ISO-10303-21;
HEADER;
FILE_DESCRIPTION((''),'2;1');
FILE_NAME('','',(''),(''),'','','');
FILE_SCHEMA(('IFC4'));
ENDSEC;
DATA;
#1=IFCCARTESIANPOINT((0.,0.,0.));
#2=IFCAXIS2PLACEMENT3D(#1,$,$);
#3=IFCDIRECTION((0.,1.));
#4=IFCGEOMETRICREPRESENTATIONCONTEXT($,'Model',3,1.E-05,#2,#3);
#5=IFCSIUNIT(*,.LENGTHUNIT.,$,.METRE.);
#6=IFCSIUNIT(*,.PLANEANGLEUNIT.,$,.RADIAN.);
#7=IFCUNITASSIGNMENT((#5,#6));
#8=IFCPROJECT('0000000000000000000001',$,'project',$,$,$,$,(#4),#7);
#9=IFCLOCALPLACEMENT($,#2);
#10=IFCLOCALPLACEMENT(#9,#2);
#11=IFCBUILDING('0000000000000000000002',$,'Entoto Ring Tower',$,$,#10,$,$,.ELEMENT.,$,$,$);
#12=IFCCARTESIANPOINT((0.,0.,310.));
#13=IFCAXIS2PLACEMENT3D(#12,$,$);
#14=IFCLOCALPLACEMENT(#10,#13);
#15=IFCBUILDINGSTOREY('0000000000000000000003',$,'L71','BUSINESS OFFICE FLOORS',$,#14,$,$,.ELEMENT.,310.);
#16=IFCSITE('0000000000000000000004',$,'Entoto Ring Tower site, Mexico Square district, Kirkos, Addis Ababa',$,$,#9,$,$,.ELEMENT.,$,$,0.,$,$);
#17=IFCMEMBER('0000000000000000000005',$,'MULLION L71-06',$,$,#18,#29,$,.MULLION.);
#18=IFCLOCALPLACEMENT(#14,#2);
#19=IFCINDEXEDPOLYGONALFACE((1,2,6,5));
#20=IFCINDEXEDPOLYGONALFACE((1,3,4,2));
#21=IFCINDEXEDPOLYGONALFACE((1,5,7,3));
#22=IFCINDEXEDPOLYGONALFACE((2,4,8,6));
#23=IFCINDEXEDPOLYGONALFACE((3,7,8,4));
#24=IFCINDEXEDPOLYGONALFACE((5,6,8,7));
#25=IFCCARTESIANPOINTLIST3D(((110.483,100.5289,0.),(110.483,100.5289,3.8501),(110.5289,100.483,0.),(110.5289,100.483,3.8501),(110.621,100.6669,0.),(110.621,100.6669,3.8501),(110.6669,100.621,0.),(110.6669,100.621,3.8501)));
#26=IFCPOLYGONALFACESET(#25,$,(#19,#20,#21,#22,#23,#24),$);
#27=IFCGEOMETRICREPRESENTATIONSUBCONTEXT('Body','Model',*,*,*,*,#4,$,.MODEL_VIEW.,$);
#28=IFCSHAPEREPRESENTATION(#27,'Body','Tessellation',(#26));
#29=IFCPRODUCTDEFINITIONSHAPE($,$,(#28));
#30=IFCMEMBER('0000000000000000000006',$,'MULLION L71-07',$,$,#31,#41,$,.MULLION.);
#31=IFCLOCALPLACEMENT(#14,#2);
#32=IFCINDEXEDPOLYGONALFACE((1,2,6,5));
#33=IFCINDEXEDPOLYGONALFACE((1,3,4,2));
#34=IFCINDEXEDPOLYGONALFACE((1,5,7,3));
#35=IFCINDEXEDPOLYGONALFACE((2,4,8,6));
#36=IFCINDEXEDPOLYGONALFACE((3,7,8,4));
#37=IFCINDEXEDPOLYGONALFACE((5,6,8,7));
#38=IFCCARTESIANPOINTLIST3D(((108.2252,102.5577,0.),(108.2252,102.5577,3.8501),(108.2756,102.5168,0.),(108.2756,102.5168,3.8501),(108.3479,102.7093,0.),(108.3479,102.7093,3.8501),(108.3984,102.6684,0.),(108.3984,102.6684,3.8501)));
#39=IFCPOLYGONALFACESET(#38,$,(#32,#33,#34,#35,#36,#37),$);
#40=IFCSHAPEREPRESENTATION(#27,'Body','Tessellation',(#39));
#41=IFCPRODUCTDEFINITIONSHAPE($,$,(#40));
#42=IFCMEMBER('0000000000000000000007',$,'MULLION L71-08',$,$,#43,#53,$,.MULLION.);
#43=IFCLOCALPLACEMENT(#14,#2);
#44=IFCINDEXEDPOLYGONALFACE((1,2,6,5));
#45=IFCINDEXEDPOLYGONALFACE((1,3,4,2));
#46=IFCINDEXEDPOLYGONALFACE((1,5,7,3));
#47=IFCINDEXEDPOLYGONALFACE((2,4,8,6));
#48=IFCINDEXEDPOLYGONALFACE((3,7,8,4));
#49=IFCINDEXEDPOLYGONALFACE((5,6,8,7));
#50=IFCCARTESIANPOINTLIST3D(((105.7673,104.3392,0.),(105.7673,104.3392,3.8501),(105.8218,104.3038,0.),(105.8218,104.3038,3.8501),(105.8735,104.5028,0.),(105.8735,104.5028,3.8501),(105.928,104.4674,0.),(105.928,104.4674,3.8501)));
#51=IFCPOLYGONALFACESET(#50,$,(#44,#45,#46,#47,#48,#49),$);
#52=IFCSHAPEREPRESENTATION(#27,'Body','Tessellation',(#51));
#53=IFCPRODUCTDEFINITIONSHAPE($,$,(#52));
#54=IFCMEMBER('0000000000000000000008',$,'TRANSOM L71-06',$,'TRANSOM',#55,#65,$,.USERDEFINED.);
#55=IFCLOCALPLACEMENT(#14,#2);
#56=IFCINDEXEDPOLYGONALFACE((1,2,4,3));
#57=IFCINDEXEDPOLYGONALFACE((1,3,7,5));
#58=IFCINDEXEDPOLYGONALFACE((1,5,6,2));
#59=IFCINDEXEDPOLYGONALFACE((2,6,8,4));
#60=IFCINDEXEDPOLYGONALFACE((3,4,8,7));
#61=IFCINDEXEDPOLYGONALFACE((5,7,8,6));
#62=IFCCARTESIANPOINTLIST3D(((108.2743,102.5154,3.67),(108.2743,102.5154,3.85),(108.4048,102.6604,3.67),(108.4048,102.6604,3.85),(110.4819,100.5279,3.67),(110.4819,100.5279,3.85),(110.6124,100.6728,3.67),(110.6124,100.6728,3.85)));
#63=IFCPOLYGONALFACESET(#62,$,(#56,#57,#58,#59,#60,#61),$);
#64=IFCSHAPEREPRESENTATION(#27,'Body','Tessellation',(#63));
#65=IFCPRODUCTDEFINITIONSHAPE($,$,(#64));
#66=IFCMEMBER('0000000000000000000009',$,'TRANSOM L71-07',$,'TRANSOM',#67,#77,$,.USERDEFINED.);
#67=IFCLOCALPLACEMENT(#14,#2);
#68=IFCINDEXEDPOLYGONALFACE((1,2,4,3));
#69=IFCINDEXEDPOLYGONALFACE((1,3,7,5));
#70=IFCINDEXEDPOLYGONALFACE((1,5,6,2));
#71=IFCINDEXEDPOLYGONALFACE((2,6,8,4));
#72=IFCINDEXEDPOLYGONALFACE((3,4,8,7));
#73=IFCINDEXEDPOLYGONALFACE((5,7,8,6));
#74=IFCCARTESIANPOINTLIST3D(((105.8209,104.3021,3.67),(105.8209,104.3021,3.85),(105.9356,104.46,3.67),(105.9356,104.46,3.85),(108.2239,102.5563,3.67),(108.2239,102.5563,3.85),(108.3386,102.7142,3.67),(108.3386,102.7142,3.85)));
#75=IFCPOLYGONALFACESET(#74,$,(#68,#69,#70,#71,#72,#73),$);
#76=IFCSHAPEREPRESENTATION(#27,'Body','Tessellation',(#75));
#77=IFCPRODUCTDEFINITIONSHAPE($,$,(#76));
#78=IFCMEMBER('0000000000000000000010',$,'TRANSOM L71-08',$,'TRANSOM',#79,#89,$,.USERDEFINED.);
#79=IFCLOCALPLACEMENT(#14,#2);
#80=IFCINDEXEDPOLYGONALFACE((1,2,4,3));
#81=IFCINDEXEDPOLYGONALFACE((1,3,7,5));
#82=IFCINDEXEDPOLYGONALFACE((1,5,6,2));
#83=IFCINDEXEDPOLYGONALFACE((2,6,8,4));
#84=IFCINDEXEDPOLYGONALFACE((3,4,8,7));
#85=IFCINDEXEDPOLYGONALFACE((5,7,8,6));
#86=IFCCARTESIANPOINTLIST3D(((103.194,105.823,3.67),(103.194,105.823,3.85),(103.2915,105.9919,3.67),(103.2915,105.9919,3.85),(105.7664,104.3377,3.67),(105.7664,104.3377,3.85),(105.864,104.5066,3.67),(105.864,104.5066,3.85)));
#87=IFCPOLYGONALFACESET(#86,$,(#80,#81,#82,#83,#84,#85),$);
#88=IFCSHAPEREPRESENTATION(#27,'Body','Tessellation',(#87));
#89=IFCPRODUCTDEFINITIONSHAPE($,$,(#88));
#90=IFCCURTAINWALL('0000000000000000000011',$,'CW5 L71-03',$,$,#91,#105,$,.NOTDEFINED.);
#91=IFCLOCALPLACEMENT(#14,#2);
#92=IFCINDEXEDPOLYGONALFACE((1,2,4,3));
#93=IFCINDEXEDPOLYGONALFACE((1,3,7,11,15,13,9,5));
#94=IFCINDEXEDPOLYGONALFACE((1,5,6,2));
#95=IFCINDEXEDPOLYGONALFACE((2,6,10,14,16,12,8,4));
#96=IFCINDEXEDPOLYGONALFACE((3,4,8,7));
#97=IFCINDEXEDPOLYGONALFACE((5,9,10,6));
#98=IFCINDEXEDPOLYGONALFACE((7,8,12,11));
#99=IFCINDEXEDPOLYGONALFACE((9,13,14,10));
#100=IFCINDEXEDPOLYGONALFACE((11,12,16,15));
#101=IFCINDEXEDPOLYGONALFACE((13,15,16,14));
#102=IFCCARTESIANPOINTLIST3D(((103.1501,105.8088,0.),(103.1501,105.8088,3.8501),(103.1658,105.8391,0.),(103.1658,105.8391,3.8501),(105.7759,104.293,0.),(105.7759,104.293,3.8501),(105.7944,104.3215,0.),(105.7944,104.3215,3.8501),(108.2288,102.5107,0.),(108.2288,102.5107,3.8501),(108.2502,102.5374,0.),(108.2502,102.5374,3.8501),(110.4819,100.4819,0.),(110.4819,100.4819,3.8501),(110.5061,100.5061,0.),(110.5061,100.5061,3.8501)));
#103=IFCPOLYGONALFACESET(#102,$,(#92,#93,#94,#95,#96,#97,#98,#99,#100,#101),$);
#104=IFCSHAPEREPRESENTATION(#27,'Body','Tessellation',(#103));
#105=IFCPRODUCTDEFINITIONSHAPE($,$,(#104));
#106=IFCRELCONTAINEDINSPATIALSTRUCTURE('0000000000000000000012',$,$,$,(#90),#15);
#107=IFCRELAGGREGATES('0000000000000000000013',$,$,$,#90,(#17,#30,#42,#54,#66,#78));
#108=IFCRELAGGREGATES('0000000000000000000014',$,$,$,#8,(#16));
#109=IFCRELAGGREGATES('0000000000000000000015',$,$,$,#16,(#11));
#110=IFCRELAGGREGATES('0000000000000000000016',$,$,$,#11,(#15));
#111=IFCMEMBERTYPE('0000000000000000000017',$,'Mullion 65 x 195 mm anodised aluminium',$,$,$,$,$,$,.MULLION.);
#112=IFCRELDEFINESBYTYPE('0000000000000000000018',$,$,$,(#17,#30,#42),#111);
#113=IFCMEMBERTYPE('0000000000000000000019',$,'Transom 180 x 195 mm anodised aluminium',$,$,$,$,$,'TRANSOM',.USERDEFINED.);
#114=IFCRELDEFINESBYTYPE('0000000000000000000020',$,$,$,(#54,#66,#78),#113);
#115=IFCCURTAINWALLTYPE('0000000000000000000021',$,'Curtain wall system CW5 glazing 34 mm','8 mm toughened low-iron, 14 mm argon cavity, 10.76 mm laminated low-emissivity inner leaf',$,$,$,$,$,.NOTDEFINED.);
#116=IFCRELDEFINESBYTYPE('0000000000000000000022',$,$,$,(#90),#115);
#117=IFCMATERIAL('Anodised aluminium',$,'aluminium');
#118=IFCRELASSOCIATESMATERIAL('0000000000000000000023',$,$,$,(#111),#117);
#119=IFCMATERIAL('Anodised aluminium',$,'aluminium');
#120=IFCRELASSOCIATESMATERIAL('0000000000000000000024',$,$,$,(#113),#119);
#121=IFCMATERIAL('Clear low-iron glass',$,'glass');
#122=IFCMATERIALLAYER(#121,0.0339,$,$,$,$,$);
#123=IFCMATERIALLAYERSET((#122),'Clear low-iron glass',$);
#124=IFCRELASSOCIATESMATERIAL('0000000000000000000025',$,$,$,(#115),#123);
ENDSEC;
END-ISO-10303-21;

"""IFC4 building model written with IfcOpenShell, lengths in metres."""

from ifc_helpers import new_model, si_unit, direction, frame, origin, origin_2d, place, context, subcontext, project, spatial, polyline, rectangle, outline, extrude, material, layer, layer_set, material_profile, profile_set, type_object, element, aggregate, save


model = new_model("IFC4")

# Units and contexts
model_context = context("Model", 3, precision=1e-05, world=origin(), true_north=direction((0.0, 1.0)))
body_context = subcontext(model_context, "Body", "Model", "MODEL_VIEW")
ifc_project = project(units=[si_unit("LENGTHUNIT", "METRE"), si_unit("PLANEANGLEUNIT", "RADIAN")], contexts=[model_context])

# Members
ifc_material_1 = material(Name="Anodised aluminium", Category="aluminium")
ifc_material_profile_1 = material_profile(ifc_material_1, rectangle(XDim=0.0649, YDim=0.1951, at=origin_2d()), Name="Mullion 65 x 195 mm anodised aluminium")
ifc_profile_set_1 = profile_set([ifc_material_profile_1], Name="Anodised aluminium")
member_type_1 = type_object("IfcMemberType", Name="Mullion 65 x 195 mm anodised aluminium", PredefinedType="MULLION", material=ifc_profile_set_1)
site_placement = place(None, origin())
building_placement = place(site_placement, origin())
storey_placement = place(building_placement, frame((0.0, 0.0, 310.0)))
member_1_placement = place(storey_placement, frame((110.575, 100.575, 0.0), z_axis=(0.0, 0.0, 1.0), x_axis=(-0.707107, 0.707107, 0.0)))
member_1 = element("IfcMember", 1, at=member_1_placement, type_object=member_type_1, Name="MULLION L71-06", PredefinedType="MULLION", context=body_context, shape_type="SweptSolid", body=[
    extrude(rectangle(XDim=0.0649, YDim=0.1951, at=origin_2d()), origin(), (0.0, 0.0, 1.0), 3.8501),
])
member_2_placement = place(storey_placement, frame((108.3118, 102.613, 0.0), z_axis=(0.0, 0.0, 1.0), x_axis=(-0.777146, 0.62932, 0.0)))
member_2 = element("IfcMember", 2, at=member_2_placement, type_object=member_type_1, Name="MULLION L71-07", PredefinedType="MULLION", context=body_context, shape_type="SweptSolid", body=[
    extrude(rectangle(XDim=0.0649, YDim=0.1951, at=origin_2d()), origin(), (0.0, 0.0, 1.0), 3.8501),
])
member_3_placement = place(storey_placement, frame((105.8477, 104.4033, 0.0), z_axis=(0.0, 0.0, 1.0), x_axis=(-0.838671, 0.544639, 0.0)))
member_3 = element("IfcMember", 3, at=member_3_placement, type_object=member_type_1, Name="MULLION L71-08", PredefinedType="MULLION", context=body_context, shape_type="SweptSolid", body=[
    extrude(rectangle(XDim=0.0649, YDim=0.1951, at=origin_2d()), origin(), (0.0, 0.0, 1.0), 3.8501),
])
ifc_material_2 = material(Name="Anodised aluminium", Category="aluminium")
ifc_material_profile_2 = material_profile(ifc_material_2, rectangle(XDim=0.1951, YDim=0.1799, at=origin_2d()), Name="Transom 180 x 195 mm anodised aluminium")
ifc_profile_set_2 = profile_set([ifc_material_profile_2], Name="Anodised aluminium")
member_type_2 = type_object("IfcMemberType", Name="Transom 180 x 195 mm anodised aluminium", ElementType="TRANSOM", PredefinedType="USERDEFINED", material=ifc_profile_set_2)
member_4_placement = place(storey_placement, frame((110.5471, 100.6003, 3.76), z_axis=(-0.743163, 0.66911, 0.0), x_axis=(-0.66911, -0.743163, 0.0)))
member_4 = element("IfcMember", 4, at=member_4_placement, type_object=member_type_2, Name="TRANSOM L71-06", ObjectType="TRANSOM", PredefinedType="USERDEFINED", context=body_context, shape_type="SweptSolid", body=[
    extrude(rectangle(XDim=0.1951, YDim=0.1799, at=origin_2d()), origin(), (0.0, 0.0, 1.0), 2.9705),
])
member_5_placement = place(storey_placement, frame((108.2812, 102.6353, 3.76), z_axis=(-0.809031, 0.587766, 0.0), x_axis=(-0.587766, -0.809031, 0.0)))
member_5 = element("IfcMember", 5, at=member_5_placement, type_object=member_type_2, Name="TRANSOM L71-07", ObjectType="TRANSOM", PredefinedType="USERDEFINED", context=body_context, shape_type="SweptSolid", body=[
    extrude(rectangle(XDim=0.1951, YDim=0.1799, at=origin_2d()), origin(), (0.0, 0.0, 1.0), 2.9702),
])
member_6_placement = place(storey_placement, frame((105.8152, 104.4221, 3.76), z_axis=(-0.866009, 0.500028, 0.0), x_axis=(-0.500028, -0.866009, 0.0)))
member_6 = element("IfcMember", 6, at=member_6_placement, type_object=member_type_2, Name="TRANSOM L71-08", ObjectType="TRANSOM", PredefinedType="USERDEFINED", context=body_context, shape_type="SweptSolid", body=[
    extrude(rectangle(XDim=0.1951, YDim=0.1799, at=origin_2d()), origin(), (0.0, 0.0, 1.0), 2.9705),
])

# Site, building, storey
site = spatial("IfcSite", under=ifc_project, at=site_placement, Name="Entoto Ring Tower site, Mexico Square district, Kirkos, Addis Ababa", CompositionType="ELEMENT", RefElevation=0.0)
building = spatial("IfcBuilding", under=site, at=building_placement, Name="Entoto Ring Tower", CompositionType="ELEMENT")
storey = spatial("IfcBuildingStorey", under=building, at=storey_placement, Name="L71", Description="BUSINESS OFFICE FLOORS", CompositionType="ELEMENT", Elevation=310.0)

# Curtain wall
ifc_material_3 = material(Name="Clear low-iron glass", Category="glass")
ifc_layer = layer(ifc_material_3, 0.0339)
ifc_layer_set = layer_set([ifc_layer], Name="Clear low-iron glass")
curtain_wall_type = type_object("IfcCurtainWallType", Name="Curtain wall system CW5 glazing 34 mm", Description="8 mm toughened low-iron, 14 mm argon cavity, 10.76 mm laminated low-emissivity inner leaf", PredefinedType="NOTDEFINED", material=ifc_layer_set)
curtain_wall_1_placement = place(storey_placement, origin())
curtain_wall_1 = element("IfcCurtainWall", 7, at=curtain_wall_1_placement, inside=storey, type_object=curtain_wall_type, Name="CW5 L71-03", PredefinedType="NOTDEFINED", context=body_context, shape_type="SweptSolid", body=[
    extrude(outline(polyline([(110.5061, 100.5061), (108.2502, 102.5374), (105.7944, 104.3215), (103.1658, 105.8391), (103.1501, 105.8088), (105.7759, 104.293), (108.2288, 102.5107), (110.4819, 100.4819), (110.5061, 100.5061)])), origin(), (0.0, 0.0, 1.0), 3.8501),
])
aggregate(curtain_wall_1, [member_1, member_2, member_3, member_4, member_5, member_6])

save(model, "model.ifc")
